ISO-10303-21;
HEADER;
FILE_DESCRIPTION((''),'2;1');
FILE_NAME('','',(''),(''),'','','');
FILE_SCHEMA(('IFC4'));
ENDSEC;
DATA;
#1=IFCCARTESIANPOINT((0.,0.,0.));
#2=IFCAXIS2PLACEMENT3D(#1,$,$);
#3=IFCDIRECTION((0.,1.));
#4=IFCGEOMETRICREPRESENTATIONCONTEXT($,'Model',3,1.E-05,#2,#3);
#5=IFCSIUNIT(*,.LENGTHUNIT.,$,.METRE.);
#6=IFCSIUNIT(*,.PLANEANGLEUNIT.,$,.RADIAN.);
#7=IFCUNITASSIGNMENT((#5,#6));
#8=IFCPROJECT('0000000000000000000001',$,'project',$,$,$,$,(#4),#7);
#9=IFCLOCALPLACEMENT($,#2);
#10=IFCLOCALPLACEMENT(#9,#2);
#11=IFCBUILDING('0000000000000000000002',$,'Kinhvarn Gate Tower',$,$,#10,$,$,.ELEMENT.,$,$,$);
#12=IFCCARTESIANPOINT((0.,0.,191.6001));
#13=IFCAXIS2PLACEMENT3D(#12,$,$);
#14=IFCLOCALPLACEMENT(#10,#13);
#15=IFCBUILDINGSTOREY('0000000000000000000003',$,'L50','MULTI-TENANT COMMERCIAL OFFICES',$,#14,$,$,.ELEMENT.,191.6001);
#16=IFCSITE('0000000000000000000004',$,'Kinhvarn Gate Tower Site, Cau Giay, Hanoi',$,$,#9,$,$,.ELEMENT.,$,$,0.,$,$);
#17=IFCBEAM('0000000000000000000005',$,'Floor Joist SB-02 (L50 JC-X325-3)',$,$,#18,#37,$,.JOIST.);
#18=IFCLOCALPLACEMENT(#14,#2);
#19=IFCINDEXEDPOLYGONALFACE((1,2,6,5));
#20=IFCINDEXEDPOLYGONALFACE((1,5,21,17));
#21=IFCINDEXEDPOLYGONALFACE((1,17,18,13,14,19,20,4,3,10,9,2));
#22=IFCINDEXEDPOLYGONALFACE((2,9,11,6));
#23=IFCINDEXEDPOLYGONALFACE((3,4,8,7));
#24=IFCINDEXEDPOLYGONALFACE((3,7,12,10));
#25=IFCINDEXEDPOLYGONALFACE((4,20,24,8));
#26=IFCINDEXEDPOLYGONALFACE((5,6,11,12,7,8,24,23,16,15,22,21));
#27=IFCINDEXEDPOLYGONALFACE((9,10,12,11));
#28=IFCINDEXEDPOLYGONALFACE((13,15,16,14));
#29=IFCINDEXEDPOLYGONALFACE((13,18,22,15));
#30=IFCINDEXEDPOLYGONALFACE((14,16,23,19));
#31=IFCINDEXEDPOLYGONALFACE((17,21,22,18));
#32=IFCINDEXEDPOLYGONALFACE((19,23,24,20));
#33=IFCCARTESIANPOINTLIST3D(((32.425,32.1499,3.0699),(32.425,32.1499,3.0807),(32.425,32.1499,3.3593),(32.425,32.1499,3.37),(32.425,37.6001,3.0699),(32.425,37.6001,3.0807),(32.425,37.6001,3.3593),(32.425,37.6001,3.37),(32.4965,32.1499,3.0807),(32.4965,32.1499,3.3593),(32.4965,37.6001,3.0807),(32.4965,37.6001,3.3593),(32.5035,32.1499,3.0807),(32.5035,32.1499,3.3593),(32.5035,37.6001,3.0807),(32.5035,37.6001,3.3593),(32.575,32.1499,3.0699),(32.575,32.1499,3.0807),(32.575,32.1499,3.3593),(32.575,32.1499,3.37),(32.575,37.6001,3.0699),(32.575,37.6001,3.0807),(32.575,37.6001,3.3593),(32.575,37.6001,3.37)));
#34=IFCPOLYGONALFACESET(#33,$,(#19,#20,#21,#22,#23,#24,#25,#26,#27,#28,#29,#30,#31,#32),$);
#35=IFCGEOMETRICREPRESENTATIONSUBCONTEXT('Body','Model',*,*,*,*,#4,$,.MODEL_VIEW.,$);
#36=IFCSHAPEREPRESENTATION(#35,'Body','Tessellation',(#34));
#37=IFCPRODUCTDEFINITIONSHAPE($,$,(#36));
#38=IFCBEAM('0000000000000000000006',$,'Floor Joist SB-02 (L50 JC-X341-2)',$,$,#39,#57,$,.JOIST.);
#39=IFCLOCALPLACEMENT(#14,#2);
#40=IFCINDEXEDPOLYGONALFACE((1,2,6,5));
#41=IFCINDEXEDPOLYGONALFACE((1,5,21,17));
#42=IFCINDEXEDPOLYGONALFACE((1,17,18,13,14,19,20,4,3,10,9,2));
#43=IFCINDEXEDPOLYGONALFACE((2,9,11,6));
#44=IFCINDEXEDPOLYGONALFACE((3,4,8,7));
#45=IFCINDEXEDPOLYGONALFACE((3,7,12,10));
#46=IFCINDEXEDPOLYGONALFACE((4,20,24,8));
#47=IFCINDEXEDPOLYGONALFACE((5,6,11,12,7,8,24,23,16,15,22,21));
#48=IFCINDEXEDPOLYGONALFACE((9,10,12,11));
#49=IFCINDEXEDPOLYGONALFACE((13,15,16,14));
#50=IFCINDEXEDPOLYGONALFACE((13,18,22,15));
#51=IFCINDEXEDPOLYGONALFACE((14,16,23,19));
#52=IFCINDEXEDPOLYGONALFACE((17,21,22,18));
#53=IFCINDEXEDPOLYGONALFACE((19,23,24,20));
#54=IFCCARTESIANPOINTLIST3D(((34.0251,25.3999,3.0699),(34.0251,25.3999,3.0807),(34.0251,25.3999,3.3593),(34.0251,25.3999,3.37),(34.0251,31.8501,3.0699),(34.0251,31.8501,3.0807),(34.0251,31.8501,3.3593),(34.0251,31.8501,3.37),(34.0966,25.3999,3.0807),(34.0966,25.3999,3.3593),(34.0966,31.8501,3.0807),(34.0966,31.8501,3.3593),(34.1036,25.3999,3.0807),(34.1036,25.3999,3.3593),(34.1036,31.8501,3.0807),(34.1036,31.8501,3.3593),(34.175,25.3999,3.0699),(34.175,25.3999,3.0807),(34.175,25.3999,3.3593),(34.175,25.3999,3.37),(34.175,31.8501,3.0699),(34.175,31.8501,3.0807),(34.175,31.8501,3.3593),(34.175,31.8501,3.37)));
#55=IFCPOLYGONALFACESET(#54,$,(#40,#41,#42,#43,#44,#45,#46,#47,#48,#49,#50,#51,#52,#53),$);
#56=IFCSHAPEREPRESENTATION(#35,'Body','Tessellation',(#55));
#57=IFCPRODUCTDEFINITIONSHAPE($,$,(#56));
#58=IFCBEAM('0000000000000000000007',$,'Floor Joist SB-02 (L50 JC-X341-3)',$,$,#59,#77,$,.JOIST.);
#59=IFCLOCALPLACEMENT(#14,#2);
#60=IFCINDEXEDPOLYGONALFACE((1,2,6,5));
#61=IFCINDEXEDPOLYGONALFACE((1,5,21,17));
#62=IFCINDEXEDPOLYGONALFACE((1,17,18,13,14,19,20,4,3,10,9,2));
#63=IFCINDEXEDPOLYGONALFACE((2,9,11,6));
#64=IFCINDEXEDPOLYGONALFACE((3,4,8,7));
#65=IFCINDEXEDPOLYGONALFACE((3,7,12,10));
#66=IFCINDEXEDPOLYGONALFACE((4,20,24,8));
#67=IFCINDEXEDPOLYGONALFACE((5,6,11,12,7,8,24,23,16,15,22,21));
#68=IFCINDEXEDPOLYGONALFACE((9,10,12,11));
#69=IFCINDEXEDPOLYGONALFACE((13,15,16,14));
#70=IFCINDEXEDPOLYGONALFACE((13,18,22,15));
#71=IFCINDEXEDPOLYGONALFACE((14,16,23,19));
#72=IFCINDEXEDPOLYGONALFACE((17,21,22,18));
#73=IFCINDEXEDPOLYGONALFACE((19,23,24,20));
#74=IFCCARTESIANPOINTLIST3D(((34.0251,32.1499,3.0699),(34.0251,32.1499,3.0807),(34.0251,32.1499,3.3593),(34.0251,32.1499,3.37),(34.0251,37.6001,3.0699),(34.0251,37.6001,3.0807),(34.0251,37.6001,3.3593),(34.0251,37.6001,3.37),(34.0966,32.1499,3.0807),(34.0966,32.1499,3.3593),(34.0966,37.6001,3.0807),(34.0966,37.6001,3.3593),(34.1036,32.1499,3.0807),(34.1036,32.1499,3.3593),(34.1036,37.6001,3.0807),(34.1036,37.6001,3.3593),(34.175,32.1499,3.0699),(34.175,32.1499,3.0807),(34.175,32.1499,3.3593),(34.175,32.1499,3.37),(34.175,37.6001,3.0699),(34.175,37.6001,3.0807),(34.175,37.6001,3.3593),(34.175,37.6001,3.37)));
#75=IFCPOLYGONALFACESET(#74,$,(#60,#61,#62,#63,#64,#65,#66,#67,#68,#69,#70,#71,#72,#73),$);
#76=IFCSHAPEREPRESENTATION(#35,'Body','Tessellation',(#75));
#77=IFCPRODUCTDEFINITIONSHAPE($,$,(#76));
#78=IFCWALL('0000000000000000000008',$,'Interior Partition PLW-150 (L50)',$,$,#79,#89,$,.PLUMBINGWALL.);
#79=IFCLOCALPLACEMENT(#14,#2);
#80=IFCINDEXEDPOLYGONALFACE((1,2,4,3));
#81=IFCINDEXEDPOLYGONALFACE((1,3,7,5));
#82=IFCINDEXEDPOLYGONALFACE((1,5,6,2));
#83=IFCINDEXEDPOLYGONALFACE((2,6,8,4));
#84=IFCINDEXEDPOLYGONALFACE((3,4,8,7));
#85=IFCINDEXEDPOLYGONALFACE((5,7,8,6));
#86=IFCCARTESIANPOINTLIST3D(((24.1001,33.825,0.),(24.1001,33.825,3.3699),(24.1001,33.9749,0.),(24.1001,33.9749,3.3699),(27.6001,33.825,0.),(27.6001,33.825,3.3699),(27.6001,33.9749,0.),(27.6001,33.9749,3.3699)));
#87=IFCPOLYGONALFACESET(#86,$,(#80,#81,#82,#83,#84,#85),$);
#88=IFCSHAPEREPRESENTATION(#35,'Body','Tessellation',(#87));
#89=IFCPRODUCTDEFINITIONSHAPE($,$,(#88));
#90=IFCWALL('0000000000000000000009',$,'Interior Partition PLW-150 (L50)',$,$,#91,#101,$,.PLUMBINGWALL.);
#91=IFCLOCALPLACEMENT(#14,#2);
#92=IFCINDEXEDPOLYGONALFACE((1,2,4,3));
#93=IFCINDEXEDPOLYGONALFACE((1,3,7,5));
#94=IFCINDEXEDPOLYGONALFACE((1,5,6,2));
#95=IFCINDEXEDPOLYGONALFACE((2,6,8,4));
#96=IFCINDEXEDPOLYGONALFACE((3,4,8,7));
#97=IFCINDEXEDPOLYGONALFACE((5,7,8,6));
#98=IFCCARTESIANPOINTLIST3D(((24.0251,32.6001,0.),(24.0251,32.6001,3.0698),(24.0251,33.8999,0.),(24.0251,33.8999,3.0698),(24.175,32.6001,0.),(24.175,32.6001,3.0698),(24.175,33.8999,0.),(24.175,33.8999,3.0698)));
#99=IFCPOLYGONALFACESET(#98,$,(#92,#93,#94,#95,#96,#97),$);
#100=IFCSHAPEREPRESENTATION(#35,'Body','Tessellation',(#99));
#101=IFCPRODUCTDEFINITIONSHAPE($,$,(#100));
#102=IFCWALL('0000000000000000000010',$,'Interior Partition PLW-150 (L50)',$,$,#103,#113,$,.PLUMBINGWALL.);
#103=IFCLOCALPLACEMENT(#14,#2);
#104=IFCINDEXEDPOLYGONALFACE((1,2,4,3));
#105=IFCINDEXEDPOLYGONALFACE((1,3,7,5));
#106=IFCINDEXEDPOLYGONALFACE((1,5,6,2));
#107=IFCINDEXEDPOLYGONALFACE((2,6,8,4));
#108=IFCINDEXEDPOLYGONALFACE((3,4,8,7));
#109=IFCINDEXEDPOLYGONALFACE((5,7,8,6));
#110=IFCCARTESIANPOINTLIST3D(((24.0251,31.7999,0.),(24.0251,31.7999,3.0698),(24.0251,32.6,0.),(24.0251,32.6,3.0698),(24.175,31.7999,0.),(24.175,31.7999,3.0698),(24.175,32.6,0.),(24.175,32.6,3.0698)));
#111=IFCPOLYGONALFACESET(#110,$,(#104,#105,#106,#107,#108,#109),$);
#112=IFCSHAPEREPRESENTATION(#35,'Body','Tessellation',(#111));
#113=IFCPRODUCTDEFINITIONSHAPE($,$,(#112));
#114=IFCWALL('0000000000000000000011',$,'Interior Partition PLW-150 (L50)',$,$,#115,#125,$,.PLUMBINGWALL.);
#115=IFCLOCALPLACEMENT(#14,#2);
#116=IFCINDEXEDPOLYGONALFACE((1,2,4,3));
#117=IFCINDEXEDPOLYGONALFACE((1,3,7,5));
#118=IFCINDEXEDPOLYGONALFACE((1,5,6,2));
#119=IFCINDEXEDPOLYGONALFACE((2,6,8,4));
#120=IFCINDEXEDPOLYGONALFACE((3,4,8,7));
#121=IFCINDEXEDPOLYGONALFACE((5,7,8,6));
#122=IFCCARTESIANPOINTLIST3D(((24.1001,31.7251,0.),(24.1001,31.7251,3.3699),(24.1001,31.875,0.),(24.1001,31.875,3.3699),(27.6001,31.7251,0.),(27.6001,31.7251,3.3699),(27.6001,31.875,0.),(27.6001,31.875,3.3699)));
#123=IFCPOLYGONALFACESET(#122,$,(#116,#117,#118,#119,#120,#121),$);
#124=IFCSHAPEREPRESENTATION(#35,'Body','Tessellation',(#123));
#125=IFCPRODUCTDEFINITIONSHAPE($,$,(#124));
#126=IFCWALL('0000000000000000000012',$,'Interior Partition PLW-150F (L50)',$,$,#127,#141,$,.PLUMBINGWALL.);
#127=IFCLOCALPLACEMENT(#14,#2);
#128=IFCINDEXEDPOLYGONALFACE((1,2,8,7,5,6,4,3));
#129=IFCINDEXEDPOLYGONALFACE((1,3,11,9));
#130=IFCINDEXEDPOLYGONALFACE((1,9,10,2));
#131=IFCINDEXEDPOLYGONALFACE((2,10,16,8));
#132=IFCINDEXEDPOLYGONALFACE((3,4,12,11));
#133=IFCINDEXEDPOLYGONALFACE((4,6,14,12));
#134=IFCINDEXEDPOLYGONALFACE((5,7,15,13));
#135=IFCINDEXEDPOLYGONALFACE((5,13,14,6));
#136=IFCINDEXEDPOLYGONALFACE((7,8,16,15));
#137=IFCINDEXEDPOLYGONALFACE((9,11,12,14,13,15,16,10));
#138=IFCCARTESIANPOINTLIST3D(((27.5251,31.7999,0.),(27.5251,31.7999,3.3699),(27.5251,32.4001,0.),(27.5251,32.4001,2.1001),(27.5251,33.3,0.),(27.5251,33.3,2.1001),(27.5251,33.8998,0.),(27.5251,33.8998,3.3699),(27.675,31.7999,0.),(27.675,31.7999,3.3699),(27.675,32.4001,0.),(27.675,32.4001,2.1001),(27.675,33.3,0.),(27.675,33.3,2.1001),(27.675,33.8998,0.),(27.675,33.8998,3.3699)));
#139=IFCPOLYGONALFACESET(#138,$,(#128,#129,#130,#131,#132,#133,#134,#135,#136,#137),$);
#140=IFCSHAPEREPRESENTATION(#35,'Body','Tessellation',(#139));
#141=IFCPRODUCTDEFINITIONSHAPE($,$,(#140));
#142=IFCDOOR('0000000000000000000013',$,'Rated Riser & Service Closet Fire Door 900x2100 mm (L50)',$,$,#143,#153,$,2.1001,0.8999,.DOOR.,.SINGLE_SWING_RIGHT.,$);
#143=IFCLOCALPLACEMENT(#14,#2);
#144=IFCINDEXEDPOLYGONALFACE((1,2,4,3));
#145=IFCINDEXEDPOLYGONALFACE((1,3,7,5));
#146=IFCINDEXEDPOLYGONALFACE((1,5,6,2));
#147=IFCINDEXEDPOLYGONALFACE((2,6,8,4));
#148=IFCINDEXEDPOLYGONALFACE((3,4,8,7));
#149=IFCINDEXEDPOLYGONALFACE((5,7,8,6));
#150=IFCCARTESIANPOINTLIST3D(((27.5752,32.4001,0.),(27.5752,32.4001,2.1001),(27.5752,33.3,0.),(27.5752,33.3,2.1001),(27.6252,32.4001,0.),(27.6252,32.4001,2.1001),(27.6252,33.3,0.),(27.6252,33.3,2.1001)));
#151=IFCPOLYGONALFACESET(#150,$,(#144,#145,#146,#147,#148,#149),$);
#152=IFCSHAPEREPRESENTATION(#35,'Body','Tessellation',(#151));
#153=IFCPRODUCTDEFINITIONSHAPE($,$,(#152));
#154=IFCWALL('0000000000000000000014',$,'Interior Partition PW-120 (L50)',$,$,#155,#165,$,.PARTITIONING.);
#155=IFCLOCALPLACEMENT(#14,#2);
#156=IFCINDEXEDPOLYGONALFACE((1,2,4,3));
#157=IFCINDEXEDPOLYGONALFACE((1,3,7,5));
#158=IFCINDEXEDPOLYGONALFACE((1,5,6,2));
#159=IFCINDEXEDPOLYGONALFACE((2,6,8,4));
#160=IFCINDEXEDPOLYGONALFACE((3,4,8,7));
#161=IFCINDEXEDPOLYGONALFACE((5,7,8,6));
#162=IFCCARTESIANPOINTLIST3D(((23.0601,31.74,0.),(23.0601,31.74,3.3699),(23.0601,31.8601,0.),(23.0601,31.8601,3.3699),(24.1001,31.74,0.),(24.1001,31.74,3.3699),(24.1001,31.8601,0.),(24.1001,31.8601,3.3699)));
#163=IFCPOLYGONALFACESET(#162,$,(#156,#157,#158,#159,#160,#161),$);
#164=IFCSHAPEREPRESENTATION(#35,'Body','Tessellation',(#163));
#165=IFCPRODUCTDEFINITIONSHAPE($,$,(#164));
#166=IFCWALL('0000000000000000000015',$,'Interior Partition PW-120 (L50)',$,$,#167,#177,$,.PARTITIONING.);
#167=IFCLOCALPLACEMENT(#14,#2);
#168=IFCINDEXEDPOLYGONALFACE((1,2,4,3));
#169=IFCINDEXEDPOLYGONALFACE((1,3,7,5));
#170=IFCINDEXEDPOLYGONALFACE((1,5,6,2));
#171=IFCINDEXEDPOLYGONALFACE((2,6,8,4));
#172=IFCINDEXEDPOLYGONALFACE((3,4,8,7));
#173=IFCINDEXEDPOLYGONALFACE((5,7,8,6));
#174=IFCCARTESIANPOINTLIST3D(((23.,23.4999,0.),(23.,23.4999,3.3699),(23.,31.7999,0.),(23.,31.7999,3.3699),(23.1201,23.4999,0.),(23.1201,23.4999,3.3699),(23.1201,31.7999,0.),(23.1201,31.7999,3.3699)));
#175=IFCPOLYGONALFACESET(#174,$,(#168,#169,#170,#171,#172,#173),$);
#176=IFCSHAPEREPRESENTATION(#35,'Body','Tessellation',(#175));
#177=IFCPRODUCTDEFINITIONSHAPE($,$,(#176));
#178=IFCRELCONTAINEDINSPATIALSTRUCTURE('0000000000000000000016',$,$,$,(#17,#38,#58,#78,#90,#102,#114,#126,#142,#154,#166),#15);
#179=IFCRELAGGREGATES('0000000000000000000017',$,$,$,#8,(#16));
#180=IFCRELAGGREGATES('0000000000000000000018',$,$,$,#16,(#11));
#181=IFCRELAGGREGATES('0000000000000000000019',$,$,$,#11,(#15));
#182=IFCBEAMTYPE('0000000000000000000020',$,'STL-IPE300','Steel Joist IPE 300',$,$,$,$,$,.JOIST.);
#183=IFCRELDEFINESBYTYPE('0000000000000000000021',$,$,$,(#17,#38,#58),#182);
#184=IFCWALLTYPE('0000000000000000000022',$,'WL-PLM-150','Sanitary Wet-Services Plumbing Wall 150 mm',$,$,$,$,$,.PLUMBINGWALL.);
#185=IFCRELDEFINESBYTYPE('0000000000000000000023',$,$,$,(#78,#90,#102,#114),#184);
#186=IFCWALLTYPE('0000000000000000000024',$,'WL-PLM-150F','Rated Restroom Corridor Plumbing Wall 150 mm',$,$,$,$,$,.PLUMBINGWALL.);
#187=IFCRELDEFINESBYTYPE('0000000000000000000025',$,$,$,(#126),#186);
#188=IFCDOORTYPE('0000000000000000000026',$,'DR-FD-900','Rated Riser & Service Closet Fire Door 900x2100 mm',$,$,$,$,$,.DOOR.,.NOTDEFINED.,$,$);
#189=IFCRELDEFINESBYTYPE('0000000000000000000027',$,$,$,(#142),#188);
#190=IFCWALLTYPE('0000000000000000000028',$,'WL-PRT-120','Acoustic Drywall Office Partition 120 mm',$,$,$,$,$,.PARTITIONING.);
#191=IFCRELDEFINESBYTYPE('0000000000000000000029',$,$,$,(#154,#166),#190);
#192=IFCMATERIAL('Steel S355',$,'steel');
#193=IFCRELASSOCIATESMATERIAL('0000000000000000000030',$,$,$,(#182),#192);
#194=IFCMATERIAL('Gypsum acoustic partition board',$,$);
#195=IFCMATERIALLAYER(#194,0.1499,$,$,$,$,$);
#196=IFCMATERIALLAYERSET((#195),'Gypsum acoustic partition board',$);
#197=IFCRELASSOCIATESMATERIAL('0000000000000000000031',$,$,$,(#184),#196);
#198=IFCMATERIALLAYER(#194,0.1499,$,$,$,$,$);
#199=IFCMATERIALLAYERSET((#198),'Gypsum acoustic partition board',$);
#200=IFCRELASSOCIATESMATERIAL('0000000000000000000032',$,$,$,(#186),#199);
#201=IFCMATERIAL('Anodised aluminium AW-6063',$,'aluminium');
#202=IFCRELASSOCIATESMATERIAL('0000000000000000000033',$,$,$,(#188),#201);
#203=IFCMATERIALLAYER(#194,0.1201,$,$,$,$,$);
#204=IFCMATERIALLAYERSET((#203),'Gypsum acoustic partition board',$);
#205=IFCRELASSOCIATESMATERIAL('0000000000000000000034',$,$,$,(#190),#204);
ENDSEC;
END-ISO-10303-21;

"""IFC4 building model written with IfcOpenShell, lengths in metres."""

from ifc_helpers import new_model, si_unit, direction, frame, frame_2d, origin, origin_2d, place, context, subcontext, project, spatial, rectangle, i_section, extrude, material, layer, layer_set, material_profile, profile_set, type_object, element, fill, save


model = new_model("IFC4")

# Units and contexts
model_context = context("Model", 3, precision=1e-05, world=origin(), true_north=direction((0.0, 1.0)))
body_context = subcontext(model_context, "Body", "Model", "MODEL_VIEW")
ifc_project = project(units=[si_unit("LENGTHUNIT", "METRE"), si_unit("PLANEANGLEUNIT", "RADIAN")], contexts=[model_context])

# Site, building, storey
site_placement = place(None, origin())
site = spatial("IfcSite", under=ifc_project, at=site_placement, Name="Kinhvarn Gate Tower Site, Cau Giay, Hanoi", CompositionType="ELEMENT", RefElevation=0.0)
building_placement = place(site_placement, origin())
building = spatial("IfcBuilding", under=site, at=building_placement, Name="Kinhvarn Gate Tower", CompositionType="ELEMENT")
storey_placement = place(building_placement, frame((0.0, 0.0, 191.6001)))
storey = spatial("IfcBuildingStorey", under=building, at=storey_placement, Name="L50", Description="MULTI-TENANT COMMERCIAL OFFICES", CompositionType="ELEMENT", Elevation=191.6001)

# Beams
ifc_material_1 = material(Name="Steel S355", Category="steel")
ifc_material_profile = material_profile(ifc_material_1, i_section(OverallWidth=0.1499, OverallDepth=0.3, WebThickness=0.0071, FlangeThickness=0.0107, at=origin_2d()), Name="IPE 300")
ifc_profile_set = profile_set([ifc_material_profile], Name="Steel S355")
beam_type = type_object("IfcBeamType", Name="STL-IPE300", Description="Steel Joist IPE 300", PredefinedType="JOIST", material=ifc_profile_set)
beam_1_placement = place(storey_placement, frame((32.5, 32.1499, 3.22), z_axis=(0.0, 1.0, 0.0), x_axis=(-1.0, 0.0, 0.0)))
element("IfcBeam", 1, at=beam_1_placement, inside=storey, type_object=beam_type, Name="Floor Joist SB-02 (L50 JC-X325-3)", PredefinedType="JOIST", context=body_context, shape_type="SweptSolid", body=[
    extrude(i_section(OverallWidth=0.1499, OverallDepth=0.3, WebThickness=0.0071, FlangeThickness=0.0107, at=origin_2d()), origin(), (0.0, 0.0, 1.0), 5.4502),
])
beam_2_placement = place(storey_placement, frame((34.1001, 25.3999, 3.22), z_axis=(0.0, 1.0, 0.0), x_axis=(-1.0, 0.0, 0.0)))
element("IfcBeam", 2, at=beam_2_placement, inside=storey, type_object=beam_type, Name="Floor Joist SB-02 (L50 JC-X341-2)", PredefinedType="JOIST", context=body_context, shape_type="SweptSolid", body=[
    extrude(i_section(OverallWidth=0.1499, OverallDepth=0.3, WebThickness=0.0071, FlangeThickness=0.0107, at=origin_2d()), origin(), (0.0, 0.0, 1.0), 6.4502),
])
beam_3_placement = place(storey_placement, frame((34.1001, 32.1499, 3.22), z_axis=(0.0, 1.0, 0.0), x_axis=(-1.0, 0.0, 0.0)))
element("IfcBeam", 3, at=beam_3_placement, inside=storey, type_object=beam_type, Name="Floor Joist SB-02 (L50 JC-X341-3)", PredefinedType="JOIST", context=body_context, shape_type="SweptSolid", body=[
    extrude(i_section(OverallWidth=0.1499, OverallDepth=0.3, WebThickness=0.0071, FlangeThickness=0.0107, at=origin_2d()), origin(), (0.0, 0.0, 1.0), 5.4502),
])

# Walls
ifc_material_2 = material(Name="Gypsum acoustic partition board")
ifc_layer_1 = layer(ifc_material_2, 0.1499)
ifc_layer_set_1 = layer_set([ifc_layer_1], Name="Gypsum acoustic partition board")
wall_type_1 = type_object("IfcWallType", Name="WL-PLM-150", Description="Sanitary Wet-Services Plumbing Wall 150 mm", PredefinedType="PLUMBINGWALL", material=ifc_layer_set_1)
wall_1_placement = place(storey_placement, frame((24.1001, 33.8999, 0.0), z_axis=(0.0, 0.0, 1.0), x_axis=(1.0, 0.0, 0.0)))
element("IfcWall", 4, at=wall_1_placement, inside=storey, type_object=wall_type_1, Name="Interior Partition PLW-150 (L50)", PredefinedType="PLUMBINGWALL", context=body_context, shape_type="SweptSolid", body=[
    extrude(rectangle(XDim=3.5, YDim=0.1499, at=frame_2d((1.75, 0.0))), origin(), (0.0, 0.0, 1.0), 3.3699),
])
wall_2_placement = place(storey_placement, frame((24.1001, 32.6001, 0.0), z_axis=(0.0, 0.0, 1.0), x_axis=(0.0, 1.0, 0.0)))
element("IfcWall", 5, at=wall_2_placement, inside=storey, type_object=wall_type_1, Name="Interior Partition PLW-150 (L50)", PredefinedType="PLUMBINGWALL", context=body_context, shape_type="SweptSolid", body=[
    extrude(rectangle(XDim=1.2998, YDim=0.1499, at=frame_2d((0.6499, 0.0))), origin(), (0.0, 0.0, 1.0), 3.0698),
])
wall_3_placement = place(storey_placement, frame((24.1001, 31.8, 0.0), z_axis=(0.0, 0.0, 1.0), x_axis=(0.0, 1.0, 0.0)))
element("IfcWall", 6, at=wall_3_placement, inside=storey, type_object=wall_type_1, Name="Interior Partition PLW-150 (L50)", PredefinedType="PLUMBINGWALL", context=body_context, shape_type="SweptSolid", body=[
    extrude(rectangle(XDim=0.8, YDim=0.1499, at=frame_2d((0.3999, 0.0))), origin(), (0.0, 0.0, 1.0), 3.0698),
])
wall_4_placement = place(storey_placement, frame((24.1001, 31.8, 0.0), z_axis=(0.0, 0.0, 1.0), x_axis=(1.0, 0.0, 0.0)))
element("IfcWall", 7, at=wall_4_placement, inside=storey, type_object=wall_type_1, Name="Interior Partition PLW-150 (L50)", PredefinedType="PLUMBINGWALL", context=body_context, shape_type="SweptSolid", body=[
    extrude(rectangle(XDim=3.5, YDim=0.1499, at=frame_2d((1.75, 0.0))), origin(), (0.0, 0.0, 1.0), 3.3699),
])

# Wall, opening, door
ifc_layer_2 = layer(ifc_material_2, 0.1499)
ifc_layer_set_2 = layer_set([ifc_layer_2], Name="Gypsum acoustic partition board")
wall_type_2 = type_object("IfcWallType", Name="WL-PLM-150F", Description="Rated Restroom Corridor Plumbing Wall 150 mm", PredefinedType="PLUMBINGWALL", material=ifc_layer_set_2)
wall_5_placement = place(storey_placement, frame((27.6001, 31.8, 0.0), z_axis=(0.0, 0.0, 1.0), x_axis=(0.0, 1.0, 0.0)))
wall_5 = element("IfcWall", 8, at=wall_5_placement, inside=storey, type_object=wall_type_2, Name="Interior Partition PLW-150F (L50)", PredefinedType="PLUMBINGWALL", context=body_context, shape_type="SweptSolid", body=[
    extrude(rectangle(XDim=2.0999, YDim=0.1499, at=frame_2d((1.0498, 0.0))), origin(), (0.0, 0.0, 1.0), 3.3699),
])
opening_1_placement = place(wall_5_placement, frame((0.6001, 0.0, 0.0)))
opening_1 = element("IfcOpeningElement", 9, at=opening_1_placement, cuts=wall_5, PredefinedType="OPENING", context=body_context, shape_type="SweptSolid", body=[
    extrude(rectangle(XDim=0.8999, YDim=2.1001, at=frame_2d((0.45, 1.05))), frame((0.0, 0.085, 0.0), z_axis=(0.0, -1.0, 0.0), x_axis=(1.0, 0.0, 0.0)), (0.0, 0.0, 1.0), 0.1699),
])
ifc_material_3 = material(Name="Anodised aluminium AW-6063", Category="aluminium")
door_type_1 = type_object("IfcDoorType", Name="DR-FD-900", Description="Rated Riser & Service Closet Fire Door 900x2100 mm", OperationType="NOTDEFINED", PredefinedType="DOOR", material=ifc_material_3)
door_1_placement = place(opening_1_placement, origin())
door_1 = element("IfcDoor", 10, at=door_1_placement, inside=storey, type_object=door_type_1, Name="Rated Riser & Service Closet Fire Door 900x2100 mm (L50)", OperationType="SINGLE_SWING_RIGHT", OverallHeight=2.1001, OverallWidth=0.8999, PredefinedType="DOOR", context=body_context, shape_type="SweptSolid", body=[
    extrude(rectangle(XDim=0.8999, YDim=2.1001, at=frame_2d((0.45, 1.05))), frame((0.0, 0.0249, 0.0), z_axis=(0.0, -1.0, 0.0), x_axis=(1.0, 0.0, 0.0)), (0.0, 0.0, 1.0), 0.05),
])
fill(opening_1, door_1)

# Walls
ifc_layer_3 = layer(ifc_material_2, 0.1201)
ifc_layer_set_3 = layer_set([ifc_layer_3], Name="Gypsum acoustic partition board")
wall_type_3 = type_object("IfcWallType", Name="WL-PRT-120", Description="Acoustic Drywall Office Partition 120 mm", PredefinedType="PARTITIONING", material=ifc_layer_set_3)
wall_6_placement = place(storey_placement, frame((23.0601, 31.8, 0.0), z_axis=(0.0, 0.0, 1.0), x_axis=(1.0, 0.0, 0.0)))
element("IfcWall", 11, at=wall_6_placement, inside=storey, type_object=wall_type_3, Name="Interior Partition PW-120 (L50)", PredefinedType="PARTITIONING", context=body_context, shape_type="SweptSolid", body=[
    extrude(rectangle(XDim=1.04, YDim=0.1201, at=frame_2d((0.52, 0.0))), origin(), (0.0, 0.0, 1.0), 3.3699),
])
wall_7_placement = place(storey_placement, frame((23.0601, 23.5, 0.0), z_axis=(0.0, 0.0, 1.0), x_axis=(0.0, 1.0, 0.0)))
element("IfcWall", 12, at=wall_7_placement, inside=storey, type_object=wall_type_3, Name="Interior Partition PW-120 (L50)", PredefinedType="PARTITIONING", context=body_context, shape_type="SweptSolid", body=[
    extrude(rectangle(XDim=8.3, YDim=0.1201, at=frame_2d((4.1499, 0.0))), origin(), (0.0, 0.0, 1.0), 3.3699),
])

save(model, "model.ifc")
